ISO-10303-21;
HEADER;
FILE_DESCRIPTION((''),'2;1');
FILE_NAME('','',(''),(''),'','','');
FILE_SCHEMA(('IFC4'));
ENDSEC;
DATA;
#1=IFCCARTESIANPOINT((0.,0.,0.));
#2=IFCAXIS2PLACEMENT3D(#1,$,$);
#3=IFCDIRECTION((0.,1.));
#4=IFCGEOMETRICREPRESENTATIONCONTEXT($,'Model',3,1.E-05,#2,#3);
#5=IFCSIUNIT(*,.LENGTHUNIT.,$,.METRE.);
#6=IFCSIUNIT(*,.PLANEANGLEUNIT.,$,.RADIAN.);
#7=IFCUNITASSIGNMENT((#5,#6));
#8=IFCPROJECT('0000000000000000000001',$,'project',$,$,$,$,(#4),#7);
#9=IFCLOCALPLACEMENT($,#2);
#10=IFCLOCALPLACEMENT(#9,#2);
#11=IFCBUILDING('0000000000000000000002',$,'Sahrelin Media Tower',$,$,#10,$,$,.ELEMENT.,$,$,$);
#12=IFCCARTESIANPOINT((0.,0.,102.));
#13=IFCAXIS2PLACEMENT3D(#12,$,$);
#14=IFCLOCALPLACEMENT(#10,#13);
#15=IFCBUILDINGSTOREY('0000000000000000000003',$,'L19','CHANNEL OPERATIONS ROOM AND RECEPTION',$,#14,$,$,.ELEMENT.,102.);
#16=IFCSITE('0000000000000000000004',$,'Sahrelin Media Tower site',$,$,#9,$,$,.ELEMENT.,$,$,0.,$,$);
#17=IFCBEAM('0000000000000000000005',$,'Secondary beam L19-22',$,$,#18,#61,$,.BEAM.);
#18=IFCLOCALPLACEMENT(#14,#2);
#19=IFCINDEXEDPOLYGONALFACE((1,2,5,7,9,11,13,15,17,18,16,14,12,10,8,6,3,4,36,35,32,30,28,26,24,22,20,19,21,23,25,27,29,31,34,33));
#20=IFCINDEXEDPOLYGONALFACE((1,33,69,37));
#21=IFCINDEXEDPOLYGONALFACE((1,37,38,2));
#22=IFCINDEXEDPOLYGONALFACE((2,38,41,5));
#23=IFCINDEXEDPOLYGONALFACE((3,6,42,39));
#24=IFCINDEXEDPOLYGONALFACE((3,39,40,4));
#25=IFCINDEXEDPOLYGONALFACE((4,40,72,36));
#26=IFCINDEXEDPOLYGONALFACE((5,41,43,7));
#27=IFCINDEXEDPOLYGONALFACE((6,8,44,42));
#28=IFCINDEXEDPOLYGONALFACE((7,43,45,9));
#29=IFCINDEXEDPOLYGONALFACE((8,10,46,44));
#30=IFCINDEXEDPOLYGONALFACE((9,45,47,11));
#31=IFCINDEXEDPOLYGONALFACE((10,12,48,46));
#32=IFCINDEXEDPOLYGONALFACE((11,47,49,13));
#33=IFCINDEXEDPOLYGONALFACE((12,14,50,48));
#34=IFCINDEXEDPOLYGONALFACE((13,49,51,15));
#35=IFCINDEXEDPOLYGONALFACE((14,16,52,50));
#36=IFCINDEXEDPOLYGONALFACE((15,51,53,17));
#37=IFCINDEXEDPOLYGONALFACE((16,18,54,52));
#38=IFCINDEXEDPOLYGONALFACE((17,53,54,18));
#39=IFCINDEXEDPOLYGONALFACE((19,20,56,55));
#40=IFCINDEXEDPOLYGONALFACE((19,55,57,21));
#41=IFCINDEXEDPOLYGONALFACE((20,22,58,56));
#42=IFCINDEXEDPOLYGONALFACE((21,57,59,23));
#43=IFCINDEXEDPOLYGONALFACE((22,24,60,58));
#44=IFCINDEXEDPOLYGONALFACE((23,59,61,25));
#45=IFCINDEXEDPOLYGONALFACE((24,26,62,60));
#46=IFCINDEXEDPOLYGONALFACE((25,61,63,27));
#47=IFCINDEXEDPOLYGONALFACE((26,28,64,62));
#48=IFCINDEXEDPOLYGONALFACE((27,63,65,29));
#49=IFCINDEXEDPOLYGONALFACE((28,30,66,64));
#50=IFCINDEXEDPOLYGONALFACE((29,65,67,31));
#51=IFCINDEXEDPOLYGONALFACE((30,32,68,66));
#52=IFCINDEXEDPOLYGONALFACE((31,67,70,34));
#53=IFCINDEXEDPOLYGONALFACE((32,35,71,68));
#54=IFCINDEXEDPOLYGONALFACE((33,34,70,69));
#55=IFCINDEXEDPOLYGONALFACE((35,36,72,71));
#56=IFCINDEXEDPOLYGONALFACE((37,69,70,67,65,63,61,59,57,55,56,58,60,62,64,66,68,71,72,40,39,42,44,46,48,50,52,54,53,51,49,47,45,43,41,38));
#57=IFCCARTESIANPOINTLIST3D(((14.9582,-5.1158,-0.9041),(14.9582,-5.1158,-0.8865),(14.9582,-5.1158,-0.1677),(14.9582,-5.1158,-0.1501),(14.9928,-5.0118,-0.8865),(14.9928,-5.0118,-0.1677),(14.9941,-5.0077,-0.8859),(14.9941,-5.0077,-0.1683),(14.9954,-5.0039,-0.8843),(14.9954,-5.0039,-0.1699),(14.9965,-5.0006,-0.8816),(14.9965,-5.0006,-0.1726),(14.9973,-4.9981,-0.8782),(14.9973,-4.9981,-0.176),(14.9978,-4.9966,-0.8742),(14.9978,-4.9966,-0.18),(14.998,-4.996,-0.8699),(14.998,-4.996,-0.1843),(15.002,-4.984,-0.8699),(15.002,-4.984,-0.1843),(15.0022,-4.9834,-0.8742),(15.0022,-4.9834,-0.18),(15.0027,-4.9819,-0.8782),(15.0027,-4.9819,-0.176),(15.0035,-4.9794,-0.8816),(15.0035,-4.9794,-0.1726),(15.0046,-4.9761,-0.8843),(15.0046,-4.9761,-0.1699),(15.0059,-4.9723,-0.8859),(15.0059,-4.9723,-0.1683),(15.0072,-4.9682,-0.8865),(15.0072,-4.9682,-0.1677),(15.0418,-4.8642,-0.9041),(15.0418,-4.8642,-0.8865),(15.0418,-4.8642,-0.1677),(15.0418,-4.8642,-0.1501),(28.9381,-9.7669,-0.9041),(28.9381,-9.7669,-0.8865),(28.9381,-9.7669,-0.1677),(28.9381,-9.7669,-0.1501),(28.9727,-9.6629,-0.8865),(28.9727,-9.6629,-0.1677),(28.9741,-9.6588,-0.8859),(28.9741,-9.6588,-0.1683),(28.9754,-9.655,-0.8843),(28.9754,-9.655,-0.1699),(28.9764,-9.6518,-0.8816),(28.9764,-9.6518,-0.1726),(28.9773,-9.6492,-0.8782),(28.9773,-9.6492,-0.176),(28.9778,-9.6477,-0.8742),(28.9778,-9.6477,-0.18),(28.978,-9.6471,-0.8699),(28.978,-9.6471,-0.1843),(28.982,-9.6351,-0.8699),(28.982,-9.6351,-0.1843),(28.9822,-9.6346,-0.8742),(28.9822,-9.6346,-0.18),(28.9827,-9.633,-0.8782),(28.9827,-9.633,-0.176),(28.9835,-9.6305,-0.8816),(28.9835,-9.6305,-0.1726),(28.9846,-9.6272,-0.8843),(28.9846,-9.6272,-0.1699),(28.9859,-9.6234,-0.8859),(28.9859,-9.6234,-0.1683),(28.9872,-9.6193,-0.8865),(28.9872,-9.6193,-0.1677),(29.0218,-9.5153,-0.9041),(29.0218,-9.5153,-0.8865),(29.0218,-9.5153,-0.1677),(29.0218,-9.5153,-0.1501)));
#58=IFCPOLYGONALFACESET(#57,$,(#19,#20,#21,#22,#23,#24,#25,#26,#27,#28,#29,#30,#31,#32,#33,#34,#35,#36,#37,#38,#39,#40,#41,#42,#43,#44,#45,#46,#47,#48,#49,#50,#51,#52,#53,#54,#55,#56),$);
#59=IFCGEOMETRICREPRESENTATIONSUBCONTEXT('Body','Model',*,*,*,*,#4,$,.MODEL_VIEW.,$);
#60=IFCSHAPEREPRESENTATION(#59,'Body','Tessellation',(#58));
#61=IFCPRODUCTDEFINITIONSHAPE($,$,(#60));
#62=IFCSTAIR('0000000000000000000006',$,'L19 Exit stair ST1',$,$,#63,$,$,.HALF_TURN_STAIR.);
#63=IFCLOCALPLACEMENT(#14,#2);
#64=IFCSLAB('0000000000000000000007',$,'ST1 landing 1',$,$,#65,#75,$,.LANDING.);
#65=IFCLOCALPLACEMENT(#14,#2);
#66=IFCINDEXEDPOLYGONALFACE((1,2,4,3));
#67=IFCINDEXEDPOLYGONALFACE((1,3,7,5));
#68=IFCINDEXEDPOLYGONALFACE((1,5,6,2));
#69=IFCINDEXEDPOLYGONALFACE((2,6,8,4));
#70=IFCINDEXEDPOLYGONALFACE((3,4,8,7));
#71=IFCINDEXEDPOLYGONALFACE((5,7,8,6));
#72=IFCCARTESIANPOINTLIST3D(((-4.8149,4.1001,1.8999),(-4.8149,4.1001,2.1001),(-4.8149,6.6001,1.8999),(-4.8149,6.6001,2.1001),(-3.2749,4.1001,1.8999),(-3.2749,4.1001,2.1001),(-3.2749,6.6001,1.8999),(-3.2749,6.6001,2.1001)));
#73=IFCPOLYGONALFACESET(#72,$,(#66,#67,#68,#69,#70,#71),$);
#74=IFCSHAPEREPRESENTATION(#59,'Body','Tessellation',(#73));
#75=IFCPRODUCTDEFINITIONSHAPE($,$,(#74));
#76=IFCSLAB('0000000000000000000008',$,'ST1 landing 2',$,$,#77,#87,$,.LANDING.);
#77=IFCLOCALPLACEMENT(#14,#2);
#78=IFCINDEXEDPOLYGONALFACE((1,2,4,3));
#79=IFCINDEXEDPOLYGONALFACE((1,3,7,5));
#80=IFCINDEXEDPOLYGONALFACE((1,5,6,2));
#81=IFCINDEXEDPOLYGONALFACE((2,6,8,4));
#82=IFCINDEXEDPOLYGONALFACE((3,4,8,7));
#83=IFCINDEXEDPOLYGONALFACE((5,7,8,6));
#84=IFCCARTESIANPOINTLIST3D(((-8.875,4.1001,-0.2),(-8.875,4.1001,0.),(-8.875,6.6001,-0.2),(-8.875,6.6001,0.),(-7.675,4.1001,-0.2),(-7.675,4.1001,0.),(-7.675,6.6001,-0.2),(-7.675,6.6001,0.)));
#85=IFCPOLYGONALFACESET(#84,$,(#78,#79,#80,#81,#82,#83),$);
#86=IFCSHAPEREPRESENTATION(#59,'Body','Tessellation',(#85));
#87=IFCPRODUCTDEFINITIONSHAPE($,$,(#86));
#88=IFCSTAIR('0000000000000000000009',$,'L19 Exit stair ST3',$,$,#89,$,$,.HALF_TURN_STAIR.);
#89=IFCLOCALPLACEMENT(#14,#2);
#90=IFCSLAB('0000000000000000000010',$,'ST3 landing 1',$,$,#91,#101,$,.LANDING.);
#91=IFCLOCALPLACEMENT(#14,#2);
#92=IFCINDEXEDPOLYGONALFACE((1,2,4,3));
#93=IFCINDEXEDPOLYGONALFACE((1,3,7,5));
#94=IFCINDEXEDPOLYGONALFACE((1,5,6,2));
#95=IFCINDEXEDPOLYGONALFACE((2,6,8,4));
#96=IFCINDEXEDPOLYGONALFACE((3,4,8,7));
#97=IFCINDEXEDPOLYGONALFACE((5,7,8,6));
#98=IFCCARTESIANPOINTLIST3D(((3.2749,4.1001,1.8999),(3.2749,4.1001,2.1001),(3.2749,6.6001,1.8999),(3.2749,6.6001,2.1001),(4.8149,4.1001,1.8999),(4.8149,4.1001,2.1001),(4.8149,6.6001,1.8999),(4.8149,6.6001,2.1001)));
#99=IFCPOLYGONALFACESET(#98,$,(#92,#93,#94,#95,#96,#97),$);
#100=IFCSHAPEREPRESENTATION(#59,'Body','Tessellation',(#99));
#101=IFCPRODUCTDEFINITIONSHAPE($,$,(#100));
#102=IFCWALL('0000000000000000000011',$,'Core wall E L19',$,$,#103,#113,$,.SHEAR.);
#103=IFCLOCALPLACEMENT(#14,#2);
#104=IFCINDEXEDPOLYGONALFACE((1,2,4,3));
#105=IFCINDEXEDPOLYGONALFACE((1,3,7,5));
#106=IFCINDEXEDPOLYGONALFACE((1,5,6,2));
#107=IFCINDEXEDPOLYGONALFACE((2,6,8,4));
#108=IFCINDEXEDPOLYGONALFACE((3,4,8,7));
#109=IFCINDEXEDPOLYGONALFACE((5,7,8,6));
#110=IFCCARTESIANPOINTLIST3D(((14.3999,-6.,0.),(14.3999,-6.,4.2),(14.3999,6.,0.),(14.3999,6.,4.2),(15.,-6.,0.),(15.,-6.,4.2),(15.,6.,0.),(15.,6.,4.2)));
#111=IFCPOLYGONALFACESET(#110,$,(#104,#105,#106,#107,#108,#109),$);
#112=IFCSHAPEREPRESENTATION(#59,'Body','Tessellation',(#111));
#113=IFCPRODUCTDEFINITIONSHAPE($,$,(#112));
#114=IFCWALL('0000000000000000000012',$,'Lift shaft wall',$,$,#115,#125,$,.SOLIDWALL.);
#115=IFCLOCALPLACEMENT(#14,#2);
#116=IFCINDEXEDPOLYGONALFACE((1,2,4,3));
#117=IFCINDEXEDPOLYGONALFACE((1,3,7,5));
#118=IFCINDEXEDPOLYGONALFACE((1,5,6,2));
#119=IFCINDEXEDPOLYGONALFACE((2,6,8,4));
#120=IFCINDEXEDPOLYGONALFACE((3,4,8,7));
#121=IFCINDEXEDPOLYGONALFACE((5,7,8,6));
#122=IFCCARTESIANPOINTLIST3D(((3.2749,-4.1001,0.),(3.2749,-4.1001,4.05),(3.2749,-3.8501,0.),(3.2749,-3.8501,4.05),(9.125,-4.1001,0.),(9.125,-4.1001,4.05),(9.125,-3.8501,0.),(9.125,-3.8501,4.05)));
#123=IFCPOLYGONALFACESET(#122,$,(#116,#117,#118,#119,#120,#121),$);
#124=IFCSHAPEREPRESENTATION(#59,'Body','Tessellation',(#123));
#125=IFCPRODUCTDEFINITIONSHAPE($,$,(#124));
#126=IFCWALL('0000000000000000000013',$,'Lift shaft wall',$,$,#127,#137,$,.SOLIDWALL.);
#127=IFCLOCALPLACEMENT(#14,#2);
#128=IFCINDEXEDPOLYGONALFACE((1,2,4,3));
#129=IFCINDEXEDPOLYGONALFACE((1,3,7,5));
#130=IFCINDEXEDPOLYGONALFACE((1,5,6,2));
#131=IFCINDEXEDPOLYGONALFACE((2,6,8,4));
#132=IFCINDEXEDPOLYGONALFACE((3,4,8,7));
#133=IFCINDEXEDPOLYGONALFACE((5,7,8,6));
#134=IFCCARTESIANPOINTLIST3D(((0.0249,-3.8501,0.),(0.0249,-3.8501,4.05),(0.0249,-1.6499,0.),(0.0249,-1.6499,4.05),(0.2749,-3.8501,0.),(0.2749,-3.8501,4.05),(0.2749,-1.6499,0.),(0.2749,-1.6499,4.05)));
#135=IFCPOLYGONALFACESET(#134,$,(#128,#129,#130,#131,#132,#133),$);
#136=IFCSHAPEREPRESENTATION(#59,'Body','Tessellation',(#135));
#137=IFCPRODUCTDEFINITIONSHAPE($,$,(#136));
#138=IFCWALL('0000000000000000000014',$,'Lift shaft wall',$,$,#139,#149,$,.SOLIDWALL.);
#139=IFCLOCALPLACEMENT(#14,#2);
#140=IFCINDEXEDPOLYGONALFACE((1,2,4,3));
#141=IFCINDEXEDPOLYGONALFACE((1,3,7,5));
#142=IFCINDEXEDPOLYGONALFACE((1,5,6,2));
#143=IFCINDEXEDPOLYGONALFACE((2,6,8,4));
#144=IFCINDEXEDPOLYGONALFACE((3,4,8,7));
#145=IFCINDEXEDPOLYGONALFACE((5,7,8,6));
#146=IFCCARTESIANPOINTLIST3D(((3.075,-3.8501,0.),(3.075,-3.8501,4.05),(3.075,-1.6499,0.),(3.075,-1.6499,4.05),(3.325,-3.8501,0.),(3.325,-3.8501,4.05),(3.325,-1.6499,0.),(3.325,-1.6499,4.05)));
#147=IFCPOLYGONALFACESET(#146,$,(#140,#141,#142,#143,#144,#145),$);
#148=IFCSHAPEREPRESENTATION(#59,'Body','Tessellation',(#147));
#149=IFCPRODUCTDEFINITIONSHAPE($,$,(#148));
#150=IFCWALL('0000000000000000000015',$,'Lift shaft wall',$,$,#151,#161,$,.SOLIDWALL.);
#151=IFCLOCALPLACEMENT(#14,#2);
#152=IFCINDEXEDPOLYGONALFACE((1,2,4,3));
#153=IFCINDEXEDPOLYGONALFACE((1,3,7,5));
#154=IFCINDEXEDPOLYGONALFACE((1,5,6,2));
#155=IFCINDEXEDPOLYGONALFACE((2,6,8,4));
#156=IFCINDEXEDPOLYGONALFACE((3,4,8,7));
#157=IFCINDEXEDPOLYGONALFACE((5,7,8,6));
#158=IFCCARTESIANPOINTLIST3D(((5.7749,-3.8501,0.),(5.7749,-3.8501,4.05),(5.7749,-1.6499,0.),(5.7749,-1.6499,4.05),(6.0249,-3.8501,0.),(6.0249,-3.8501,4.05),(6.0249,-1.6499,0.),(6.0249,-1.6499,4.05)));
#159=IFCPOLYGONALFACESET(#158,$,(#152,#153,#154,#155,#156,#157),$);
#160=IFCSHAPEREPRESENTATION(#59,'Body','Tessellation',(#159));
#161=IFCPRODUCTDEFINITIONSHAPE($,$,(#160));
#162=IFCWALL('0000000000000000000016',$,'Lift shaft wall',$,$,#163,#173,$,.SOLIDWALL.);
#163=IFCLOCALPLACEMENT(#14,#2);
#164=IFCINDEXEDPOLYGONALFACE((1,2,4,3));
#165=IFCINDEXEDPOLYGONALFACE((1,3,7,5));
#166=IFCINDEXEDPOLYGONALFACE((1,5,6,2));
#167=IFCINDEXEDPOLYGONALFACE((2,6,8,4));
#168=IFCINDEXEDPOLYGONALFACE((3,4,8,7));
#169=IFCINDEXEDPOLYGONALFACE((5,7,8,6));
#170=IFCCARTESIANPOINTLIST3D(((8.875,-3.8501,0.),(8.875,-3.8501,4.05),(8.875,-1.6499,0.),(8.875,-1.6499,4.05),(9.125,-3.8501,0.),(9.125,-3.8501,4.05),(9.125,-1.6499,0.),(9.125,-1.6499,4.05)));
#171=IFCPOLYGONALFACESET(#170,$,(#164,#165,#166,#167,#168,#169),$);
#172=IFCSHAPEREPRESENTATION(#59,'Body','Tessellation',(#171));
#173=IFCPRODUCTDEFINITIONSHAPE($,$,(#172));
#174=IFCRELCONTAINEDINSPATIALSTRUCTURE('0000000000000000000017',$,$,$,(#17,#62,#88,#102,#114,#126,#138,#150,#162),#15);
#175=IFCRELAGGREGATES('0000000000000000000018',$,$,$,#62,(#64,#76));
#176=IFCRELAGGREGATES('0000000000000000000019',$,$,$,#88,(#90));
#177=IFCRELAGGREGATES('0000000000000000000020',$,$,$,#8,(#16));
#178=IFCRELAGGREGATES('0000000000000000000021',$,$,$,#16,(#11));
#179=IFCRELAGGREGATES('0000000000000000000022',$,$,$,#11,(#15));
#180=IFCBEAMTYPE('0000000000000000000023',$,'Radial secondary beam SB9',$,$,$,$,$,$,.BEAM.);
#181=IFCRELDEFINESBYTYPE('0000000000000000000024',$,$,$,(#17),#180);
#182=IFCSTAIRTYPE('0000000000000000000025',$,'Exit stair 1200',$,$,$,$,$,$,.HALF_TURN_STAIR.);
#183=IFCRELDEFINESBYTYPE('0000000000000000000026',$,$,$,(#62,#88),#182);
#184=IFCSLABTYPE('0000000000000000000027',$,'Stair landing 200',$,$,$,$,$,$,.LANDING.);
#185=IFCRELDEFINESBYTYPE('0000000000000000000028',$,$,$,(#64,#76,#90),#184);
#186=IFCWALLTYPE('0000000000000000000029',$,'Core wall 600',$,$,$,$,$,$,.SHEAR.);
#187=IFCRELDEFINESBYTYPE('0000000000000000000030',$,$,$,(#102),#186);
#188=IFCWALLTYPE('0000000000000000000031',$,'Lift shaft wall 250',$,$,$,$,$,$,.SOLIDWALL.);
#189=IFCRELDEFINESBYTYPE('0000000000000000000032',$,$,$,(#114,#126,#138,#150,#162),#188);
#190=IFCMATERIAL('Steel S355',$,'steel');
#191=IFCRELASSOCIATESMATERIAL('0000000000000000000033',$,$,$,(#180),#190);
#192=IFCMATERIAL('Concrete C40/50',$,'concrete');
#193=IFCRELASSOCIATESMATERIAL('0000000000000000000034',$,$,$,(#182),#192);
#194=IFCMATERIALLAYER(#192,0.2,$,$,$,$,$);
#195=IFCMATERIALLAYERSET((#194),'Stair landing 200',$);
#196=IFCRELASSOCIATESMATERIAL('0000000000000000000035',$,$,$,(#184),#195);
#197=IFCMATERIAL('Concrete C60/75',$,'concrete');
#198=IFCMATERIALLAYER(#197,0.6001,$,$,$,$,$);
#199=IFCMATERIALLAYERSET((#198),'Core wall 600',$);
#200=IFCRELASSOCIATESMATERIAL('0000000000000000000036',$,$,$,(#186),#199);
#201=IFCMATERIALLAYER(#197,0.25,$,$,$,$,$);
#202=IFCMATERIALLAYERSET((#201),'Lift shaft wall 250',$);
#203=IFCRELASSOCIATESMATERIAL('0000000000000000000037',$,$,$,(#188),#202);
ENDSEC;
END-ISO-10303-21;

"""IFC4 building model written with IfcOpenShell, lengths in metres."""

from ifc_helpers import new_model, si_unit, direction, frame, frame_2d, origin, origin_2d, place, context, subcontext, project, spatial, polyline, rectangle, i_section, outline, extrude, material, layer, layer_set, material_profile, profile_set, type_object, element, aggregate, save


model = new_model("IFC4")

# Units and contexts
model_context = context("Model", 3, precision=1e-05, world=origin(), true_north=direction((0.0, 1.0)))
body_context = subcontext(model_context, "Body", "Model", "MODEL_VIEW")
ifc_project = project(units=[si_unit("LENGTHUNIT", "METRE"), si_unit("PLANEANGLEUNIT", "RADIAN")], contexts=[model_context])

# Site, building, storey
site_placement = place(None, origin())
site = spatial("IfcSite", under=ifc_project, at=site_placement, Name="Sahrelin Media Tower site", CompositionType="ELEMENT", RefElevation=0.0)
building_placement = place(site_placement, origin())
building = spatial("IfcBuilding", under=site, at=building_placement, Name="Sahrelin Media Tower", CompositionType="ELEMENT")
storey_placement = place(building_placement, frame((0.0, 0.0, 102.0)))
storey = spatial("IfcBuildingStorey", under=building, at=storey_placement, Name="L19", Description="CHANNEL OPERATIONS ROOM AND RECEPTION", CompositionType="ELEMENT", Elevation=102.0)

# Beam
ifc_material_1 = material(Name="Steel S355", Category="steel")
ifc_material_profile_1 = material_profile(ifc_material_1, i_section(OverallWidth=0.2651, OverallDepth=0.7539, WebThickness=0.0127, FlangeThickness=0.0176, FilletRadius=0.0166, at=origin_2d()), Name="UB 762x267x147")
ifc_profile_set_1 = profile_set([ifc_material_profile_1], Name="Steel S355")
beam_type_1 = type_object("IfcBeamType", Name="Radial secondary beam SB9", PredefinedType="BEAM", material=ifc_profile_set_1)
beam_1_placement = place(storey_placement, frame((15.0, -4.99, -0.5271), z_axis=(0.948864, -0.315686, 0.0), x_axis=(0.315686, 0.948864, 0.0)))
element("IfcBeam", 1, at=beam_1_placement, inside=storey, type_object=beam_type_1, Name="Secondary beam L19-22", PredefinedType="BEAM", context=body_context, shape_type="SweptSolid", body=[
    extrude(i_section(OverallWidth=0.2651, OverallDepth=0.7539, WebThickness=0.0127, FlangeThickness=0.0176, FilletRadius=0.0166, at=origin_2d()), origin(), (0.0, 0.0, 1.0), 14.7334),
])

# Stair, slabs
ifc_material_2 = material(Name="Concrete C40/50", Category="concrete")
stair_type = type_object("IfcStairType", Name="Exit stair 1200", PredefinedType="HALF_TURN_STAIR", material=ifc_material_2)
placement_1 = place(storey_placement, origin())
stair_1 = element("IfcStair", 2, at=placement_1, inside=storey, type_object=stair_type, Name="L19 Exit stair ST1", PredefinedType="HALF_TURN_STAIR")
ifc_layer_1 = layer(ifc_material_2, 0.2)
ifc_layer_set_1 = layer_set([ifc_layer_1], Name="Stair landing 200")
slab_type = type_object("IfcSlabType", Name="Stair landing 200", PredefinedType="LANDING", material=ifc_layer_set_1)
placement_2 = place(storey_placement, frame((0.0, 0.0, 1.8999)))
slab_1 = element("IfcSlab", 3, at=placement_2, type_object=slab_type, Name="ST1 landing 1", PredefinedType="LANDING", context=body_context, shape_type="SweptSolid", body=[
    extrude(outline(polyline([(-4.8149, 4.1001), (-3.2749, 4.1001), (-3.2749, 6.6001), (-4.8149, 6.6001), (-4.8149, 4.1001)])), origin(), (0.0, 0.0, 1.0), 0.2002),
])
slab_2_placement = place(storey_placement, frame((0.0, 0.0, -0.2)))
slab_2 = element("IfcSlab", 4, at=slab_2_placement, type_object=slab_type, Name="ST1 landing 2", PredefinedType="LANDING", context=body_context, shape_type="SweptSolid", body=[
    extrude(outline(polyline([(-8.875, 4.1001), (-7.675, 4.1001), (-7.675, 6.6001), (-8.875, 6.6001), (-8.875, 4.1001)])), origin(), (0.0, 0.0, 1.0), 0.2),
])
aggregate(stair_1, [slab_1, slab_2])

# Stair, slab
stair_2 = element("IfcStair", 5, at=placement_1, inside=storey, type_object=stair_type, Name="L19 Exit stair ST3", PredefinedType="HALF_TURN_STAIR")
slab_3 = element("IfcSlab", 6, at=placement_2, type_object=slab_type, Name="ST3 landing 1", PredefinedType="LANDING", context=body_context, shape_type="SweptSolid", body=[
    extrude(outline(polyline([(4.8149, 6.6001), (3.2749, 6.6001), (3.2749, 4.1001), (4.8149, 4.1001), (4.8149, 6.6001)])), origin(), (0.0, 0.0, 1.0), 0.2002),
])
aggregate(stair_2, [slab_3])

# Walls
ifc_material_3 = material(Name="Concrete C60/75", Category="concrete")
ifc_layer_2 = layer(ifc_material_3, 0.6001)
ifc_layer_set_2 = layer_set([ifc_layer_2], Name="Core wall 600")
wall_type_1 = type_object("IfcWallType", Name="Core wall 600", PredefinedType="SHEAR", material=ifc_layer_set_2)
wall_1_placement = place(storey_placement, frame((14.7, -6.0, 0.0), z_axis=(0.0, 0.0, 1.0), x_axis=(0.0, 1.0, 0.0)))
element("IfcWall", 7, at=wall_1_placement, inside=storey, type_object=wall_type_1, Name="Core wall E L19", PredefinedType="SHEAR", context=body_context, shape_type="SweptSolid", body=[
    extrude(rectangle(XDim=12.0, YDim=0.6001, at=frame_2d((6.0, 0.0))), origin(), (0.0, 0.0, 1.0), 4.2),
])
ifc_layer_3 = layer(ifc_material_3, 0.25)
ifc_layer_set_3 = layer_set([ifc_layer_3], Name="Lift shaft wall 250")
wall_type_2 = type_object("IfcWallType", Name="Lift shaft wall 250", PredefinedType="SOLIDWALL", material=ifc_layer_set_3)
wall_2_placement = place(storey_placement, frame((3.2749, -3.9751, 0.0), z_axis=(0.0, 0.0, 1.0), x_axis=(1.0, 0.0, 0.0)))
element("IfcWall", 8, at=wall_2_placement, inside=storey, type_object=wall_type_2, Name="Lift shaft wall", PredefinedType="SOLIDWALL", context=body_context, shape_type="SweptSolid", body=[
    extrude(rectangle(XDim=5.8501, YDim=0.25, at=frame_2d((2.925, 0.0))), origin(), (0.0, 0.0, 1.0), 4.05),
])
for number, where, z_axis, x_axis, name in (
    (9, (0.1499, -3.8501, 0.0), (0.0, 0.0, 1.0), (0.0, 1.0, 0.0), "Lift shaft wall"),
    (10, (3.2, -3.8501, 0.0), (0.0, 0.0, 1.0), (0.0, 1.0, 0.0), "Lift shaft wall"),
    (11, (5.8999, -3.8501, 0.0), (0.0, 0.0, 1.0), (0.0, 1.0, 0.0), "Lift shaft wall"),
    (12, (9.0, -3.8501, 0.0), (0.0, 0.0, 1.0), (0.0, 1.0, 0.0), "Lift shaft wall"),
):
    element("IfcWall", number, at=place(storey_placement, frame(where, z_axis=z_axis, x_axis=x_axis)), inside=storey, type_object=wall_type_2, Name=name, PredefinedType="SOLIDWALL", context=body_context, shape_type="SweptSolid", body=[
        extrude(rectangle(XDim=2.2002, YDim=0.25, at=frame_2d((1.1001, 0.0))), origin(), (0.0, 0.0, 1.0), 4.05),
    ])

save(model, "model.ifc")
